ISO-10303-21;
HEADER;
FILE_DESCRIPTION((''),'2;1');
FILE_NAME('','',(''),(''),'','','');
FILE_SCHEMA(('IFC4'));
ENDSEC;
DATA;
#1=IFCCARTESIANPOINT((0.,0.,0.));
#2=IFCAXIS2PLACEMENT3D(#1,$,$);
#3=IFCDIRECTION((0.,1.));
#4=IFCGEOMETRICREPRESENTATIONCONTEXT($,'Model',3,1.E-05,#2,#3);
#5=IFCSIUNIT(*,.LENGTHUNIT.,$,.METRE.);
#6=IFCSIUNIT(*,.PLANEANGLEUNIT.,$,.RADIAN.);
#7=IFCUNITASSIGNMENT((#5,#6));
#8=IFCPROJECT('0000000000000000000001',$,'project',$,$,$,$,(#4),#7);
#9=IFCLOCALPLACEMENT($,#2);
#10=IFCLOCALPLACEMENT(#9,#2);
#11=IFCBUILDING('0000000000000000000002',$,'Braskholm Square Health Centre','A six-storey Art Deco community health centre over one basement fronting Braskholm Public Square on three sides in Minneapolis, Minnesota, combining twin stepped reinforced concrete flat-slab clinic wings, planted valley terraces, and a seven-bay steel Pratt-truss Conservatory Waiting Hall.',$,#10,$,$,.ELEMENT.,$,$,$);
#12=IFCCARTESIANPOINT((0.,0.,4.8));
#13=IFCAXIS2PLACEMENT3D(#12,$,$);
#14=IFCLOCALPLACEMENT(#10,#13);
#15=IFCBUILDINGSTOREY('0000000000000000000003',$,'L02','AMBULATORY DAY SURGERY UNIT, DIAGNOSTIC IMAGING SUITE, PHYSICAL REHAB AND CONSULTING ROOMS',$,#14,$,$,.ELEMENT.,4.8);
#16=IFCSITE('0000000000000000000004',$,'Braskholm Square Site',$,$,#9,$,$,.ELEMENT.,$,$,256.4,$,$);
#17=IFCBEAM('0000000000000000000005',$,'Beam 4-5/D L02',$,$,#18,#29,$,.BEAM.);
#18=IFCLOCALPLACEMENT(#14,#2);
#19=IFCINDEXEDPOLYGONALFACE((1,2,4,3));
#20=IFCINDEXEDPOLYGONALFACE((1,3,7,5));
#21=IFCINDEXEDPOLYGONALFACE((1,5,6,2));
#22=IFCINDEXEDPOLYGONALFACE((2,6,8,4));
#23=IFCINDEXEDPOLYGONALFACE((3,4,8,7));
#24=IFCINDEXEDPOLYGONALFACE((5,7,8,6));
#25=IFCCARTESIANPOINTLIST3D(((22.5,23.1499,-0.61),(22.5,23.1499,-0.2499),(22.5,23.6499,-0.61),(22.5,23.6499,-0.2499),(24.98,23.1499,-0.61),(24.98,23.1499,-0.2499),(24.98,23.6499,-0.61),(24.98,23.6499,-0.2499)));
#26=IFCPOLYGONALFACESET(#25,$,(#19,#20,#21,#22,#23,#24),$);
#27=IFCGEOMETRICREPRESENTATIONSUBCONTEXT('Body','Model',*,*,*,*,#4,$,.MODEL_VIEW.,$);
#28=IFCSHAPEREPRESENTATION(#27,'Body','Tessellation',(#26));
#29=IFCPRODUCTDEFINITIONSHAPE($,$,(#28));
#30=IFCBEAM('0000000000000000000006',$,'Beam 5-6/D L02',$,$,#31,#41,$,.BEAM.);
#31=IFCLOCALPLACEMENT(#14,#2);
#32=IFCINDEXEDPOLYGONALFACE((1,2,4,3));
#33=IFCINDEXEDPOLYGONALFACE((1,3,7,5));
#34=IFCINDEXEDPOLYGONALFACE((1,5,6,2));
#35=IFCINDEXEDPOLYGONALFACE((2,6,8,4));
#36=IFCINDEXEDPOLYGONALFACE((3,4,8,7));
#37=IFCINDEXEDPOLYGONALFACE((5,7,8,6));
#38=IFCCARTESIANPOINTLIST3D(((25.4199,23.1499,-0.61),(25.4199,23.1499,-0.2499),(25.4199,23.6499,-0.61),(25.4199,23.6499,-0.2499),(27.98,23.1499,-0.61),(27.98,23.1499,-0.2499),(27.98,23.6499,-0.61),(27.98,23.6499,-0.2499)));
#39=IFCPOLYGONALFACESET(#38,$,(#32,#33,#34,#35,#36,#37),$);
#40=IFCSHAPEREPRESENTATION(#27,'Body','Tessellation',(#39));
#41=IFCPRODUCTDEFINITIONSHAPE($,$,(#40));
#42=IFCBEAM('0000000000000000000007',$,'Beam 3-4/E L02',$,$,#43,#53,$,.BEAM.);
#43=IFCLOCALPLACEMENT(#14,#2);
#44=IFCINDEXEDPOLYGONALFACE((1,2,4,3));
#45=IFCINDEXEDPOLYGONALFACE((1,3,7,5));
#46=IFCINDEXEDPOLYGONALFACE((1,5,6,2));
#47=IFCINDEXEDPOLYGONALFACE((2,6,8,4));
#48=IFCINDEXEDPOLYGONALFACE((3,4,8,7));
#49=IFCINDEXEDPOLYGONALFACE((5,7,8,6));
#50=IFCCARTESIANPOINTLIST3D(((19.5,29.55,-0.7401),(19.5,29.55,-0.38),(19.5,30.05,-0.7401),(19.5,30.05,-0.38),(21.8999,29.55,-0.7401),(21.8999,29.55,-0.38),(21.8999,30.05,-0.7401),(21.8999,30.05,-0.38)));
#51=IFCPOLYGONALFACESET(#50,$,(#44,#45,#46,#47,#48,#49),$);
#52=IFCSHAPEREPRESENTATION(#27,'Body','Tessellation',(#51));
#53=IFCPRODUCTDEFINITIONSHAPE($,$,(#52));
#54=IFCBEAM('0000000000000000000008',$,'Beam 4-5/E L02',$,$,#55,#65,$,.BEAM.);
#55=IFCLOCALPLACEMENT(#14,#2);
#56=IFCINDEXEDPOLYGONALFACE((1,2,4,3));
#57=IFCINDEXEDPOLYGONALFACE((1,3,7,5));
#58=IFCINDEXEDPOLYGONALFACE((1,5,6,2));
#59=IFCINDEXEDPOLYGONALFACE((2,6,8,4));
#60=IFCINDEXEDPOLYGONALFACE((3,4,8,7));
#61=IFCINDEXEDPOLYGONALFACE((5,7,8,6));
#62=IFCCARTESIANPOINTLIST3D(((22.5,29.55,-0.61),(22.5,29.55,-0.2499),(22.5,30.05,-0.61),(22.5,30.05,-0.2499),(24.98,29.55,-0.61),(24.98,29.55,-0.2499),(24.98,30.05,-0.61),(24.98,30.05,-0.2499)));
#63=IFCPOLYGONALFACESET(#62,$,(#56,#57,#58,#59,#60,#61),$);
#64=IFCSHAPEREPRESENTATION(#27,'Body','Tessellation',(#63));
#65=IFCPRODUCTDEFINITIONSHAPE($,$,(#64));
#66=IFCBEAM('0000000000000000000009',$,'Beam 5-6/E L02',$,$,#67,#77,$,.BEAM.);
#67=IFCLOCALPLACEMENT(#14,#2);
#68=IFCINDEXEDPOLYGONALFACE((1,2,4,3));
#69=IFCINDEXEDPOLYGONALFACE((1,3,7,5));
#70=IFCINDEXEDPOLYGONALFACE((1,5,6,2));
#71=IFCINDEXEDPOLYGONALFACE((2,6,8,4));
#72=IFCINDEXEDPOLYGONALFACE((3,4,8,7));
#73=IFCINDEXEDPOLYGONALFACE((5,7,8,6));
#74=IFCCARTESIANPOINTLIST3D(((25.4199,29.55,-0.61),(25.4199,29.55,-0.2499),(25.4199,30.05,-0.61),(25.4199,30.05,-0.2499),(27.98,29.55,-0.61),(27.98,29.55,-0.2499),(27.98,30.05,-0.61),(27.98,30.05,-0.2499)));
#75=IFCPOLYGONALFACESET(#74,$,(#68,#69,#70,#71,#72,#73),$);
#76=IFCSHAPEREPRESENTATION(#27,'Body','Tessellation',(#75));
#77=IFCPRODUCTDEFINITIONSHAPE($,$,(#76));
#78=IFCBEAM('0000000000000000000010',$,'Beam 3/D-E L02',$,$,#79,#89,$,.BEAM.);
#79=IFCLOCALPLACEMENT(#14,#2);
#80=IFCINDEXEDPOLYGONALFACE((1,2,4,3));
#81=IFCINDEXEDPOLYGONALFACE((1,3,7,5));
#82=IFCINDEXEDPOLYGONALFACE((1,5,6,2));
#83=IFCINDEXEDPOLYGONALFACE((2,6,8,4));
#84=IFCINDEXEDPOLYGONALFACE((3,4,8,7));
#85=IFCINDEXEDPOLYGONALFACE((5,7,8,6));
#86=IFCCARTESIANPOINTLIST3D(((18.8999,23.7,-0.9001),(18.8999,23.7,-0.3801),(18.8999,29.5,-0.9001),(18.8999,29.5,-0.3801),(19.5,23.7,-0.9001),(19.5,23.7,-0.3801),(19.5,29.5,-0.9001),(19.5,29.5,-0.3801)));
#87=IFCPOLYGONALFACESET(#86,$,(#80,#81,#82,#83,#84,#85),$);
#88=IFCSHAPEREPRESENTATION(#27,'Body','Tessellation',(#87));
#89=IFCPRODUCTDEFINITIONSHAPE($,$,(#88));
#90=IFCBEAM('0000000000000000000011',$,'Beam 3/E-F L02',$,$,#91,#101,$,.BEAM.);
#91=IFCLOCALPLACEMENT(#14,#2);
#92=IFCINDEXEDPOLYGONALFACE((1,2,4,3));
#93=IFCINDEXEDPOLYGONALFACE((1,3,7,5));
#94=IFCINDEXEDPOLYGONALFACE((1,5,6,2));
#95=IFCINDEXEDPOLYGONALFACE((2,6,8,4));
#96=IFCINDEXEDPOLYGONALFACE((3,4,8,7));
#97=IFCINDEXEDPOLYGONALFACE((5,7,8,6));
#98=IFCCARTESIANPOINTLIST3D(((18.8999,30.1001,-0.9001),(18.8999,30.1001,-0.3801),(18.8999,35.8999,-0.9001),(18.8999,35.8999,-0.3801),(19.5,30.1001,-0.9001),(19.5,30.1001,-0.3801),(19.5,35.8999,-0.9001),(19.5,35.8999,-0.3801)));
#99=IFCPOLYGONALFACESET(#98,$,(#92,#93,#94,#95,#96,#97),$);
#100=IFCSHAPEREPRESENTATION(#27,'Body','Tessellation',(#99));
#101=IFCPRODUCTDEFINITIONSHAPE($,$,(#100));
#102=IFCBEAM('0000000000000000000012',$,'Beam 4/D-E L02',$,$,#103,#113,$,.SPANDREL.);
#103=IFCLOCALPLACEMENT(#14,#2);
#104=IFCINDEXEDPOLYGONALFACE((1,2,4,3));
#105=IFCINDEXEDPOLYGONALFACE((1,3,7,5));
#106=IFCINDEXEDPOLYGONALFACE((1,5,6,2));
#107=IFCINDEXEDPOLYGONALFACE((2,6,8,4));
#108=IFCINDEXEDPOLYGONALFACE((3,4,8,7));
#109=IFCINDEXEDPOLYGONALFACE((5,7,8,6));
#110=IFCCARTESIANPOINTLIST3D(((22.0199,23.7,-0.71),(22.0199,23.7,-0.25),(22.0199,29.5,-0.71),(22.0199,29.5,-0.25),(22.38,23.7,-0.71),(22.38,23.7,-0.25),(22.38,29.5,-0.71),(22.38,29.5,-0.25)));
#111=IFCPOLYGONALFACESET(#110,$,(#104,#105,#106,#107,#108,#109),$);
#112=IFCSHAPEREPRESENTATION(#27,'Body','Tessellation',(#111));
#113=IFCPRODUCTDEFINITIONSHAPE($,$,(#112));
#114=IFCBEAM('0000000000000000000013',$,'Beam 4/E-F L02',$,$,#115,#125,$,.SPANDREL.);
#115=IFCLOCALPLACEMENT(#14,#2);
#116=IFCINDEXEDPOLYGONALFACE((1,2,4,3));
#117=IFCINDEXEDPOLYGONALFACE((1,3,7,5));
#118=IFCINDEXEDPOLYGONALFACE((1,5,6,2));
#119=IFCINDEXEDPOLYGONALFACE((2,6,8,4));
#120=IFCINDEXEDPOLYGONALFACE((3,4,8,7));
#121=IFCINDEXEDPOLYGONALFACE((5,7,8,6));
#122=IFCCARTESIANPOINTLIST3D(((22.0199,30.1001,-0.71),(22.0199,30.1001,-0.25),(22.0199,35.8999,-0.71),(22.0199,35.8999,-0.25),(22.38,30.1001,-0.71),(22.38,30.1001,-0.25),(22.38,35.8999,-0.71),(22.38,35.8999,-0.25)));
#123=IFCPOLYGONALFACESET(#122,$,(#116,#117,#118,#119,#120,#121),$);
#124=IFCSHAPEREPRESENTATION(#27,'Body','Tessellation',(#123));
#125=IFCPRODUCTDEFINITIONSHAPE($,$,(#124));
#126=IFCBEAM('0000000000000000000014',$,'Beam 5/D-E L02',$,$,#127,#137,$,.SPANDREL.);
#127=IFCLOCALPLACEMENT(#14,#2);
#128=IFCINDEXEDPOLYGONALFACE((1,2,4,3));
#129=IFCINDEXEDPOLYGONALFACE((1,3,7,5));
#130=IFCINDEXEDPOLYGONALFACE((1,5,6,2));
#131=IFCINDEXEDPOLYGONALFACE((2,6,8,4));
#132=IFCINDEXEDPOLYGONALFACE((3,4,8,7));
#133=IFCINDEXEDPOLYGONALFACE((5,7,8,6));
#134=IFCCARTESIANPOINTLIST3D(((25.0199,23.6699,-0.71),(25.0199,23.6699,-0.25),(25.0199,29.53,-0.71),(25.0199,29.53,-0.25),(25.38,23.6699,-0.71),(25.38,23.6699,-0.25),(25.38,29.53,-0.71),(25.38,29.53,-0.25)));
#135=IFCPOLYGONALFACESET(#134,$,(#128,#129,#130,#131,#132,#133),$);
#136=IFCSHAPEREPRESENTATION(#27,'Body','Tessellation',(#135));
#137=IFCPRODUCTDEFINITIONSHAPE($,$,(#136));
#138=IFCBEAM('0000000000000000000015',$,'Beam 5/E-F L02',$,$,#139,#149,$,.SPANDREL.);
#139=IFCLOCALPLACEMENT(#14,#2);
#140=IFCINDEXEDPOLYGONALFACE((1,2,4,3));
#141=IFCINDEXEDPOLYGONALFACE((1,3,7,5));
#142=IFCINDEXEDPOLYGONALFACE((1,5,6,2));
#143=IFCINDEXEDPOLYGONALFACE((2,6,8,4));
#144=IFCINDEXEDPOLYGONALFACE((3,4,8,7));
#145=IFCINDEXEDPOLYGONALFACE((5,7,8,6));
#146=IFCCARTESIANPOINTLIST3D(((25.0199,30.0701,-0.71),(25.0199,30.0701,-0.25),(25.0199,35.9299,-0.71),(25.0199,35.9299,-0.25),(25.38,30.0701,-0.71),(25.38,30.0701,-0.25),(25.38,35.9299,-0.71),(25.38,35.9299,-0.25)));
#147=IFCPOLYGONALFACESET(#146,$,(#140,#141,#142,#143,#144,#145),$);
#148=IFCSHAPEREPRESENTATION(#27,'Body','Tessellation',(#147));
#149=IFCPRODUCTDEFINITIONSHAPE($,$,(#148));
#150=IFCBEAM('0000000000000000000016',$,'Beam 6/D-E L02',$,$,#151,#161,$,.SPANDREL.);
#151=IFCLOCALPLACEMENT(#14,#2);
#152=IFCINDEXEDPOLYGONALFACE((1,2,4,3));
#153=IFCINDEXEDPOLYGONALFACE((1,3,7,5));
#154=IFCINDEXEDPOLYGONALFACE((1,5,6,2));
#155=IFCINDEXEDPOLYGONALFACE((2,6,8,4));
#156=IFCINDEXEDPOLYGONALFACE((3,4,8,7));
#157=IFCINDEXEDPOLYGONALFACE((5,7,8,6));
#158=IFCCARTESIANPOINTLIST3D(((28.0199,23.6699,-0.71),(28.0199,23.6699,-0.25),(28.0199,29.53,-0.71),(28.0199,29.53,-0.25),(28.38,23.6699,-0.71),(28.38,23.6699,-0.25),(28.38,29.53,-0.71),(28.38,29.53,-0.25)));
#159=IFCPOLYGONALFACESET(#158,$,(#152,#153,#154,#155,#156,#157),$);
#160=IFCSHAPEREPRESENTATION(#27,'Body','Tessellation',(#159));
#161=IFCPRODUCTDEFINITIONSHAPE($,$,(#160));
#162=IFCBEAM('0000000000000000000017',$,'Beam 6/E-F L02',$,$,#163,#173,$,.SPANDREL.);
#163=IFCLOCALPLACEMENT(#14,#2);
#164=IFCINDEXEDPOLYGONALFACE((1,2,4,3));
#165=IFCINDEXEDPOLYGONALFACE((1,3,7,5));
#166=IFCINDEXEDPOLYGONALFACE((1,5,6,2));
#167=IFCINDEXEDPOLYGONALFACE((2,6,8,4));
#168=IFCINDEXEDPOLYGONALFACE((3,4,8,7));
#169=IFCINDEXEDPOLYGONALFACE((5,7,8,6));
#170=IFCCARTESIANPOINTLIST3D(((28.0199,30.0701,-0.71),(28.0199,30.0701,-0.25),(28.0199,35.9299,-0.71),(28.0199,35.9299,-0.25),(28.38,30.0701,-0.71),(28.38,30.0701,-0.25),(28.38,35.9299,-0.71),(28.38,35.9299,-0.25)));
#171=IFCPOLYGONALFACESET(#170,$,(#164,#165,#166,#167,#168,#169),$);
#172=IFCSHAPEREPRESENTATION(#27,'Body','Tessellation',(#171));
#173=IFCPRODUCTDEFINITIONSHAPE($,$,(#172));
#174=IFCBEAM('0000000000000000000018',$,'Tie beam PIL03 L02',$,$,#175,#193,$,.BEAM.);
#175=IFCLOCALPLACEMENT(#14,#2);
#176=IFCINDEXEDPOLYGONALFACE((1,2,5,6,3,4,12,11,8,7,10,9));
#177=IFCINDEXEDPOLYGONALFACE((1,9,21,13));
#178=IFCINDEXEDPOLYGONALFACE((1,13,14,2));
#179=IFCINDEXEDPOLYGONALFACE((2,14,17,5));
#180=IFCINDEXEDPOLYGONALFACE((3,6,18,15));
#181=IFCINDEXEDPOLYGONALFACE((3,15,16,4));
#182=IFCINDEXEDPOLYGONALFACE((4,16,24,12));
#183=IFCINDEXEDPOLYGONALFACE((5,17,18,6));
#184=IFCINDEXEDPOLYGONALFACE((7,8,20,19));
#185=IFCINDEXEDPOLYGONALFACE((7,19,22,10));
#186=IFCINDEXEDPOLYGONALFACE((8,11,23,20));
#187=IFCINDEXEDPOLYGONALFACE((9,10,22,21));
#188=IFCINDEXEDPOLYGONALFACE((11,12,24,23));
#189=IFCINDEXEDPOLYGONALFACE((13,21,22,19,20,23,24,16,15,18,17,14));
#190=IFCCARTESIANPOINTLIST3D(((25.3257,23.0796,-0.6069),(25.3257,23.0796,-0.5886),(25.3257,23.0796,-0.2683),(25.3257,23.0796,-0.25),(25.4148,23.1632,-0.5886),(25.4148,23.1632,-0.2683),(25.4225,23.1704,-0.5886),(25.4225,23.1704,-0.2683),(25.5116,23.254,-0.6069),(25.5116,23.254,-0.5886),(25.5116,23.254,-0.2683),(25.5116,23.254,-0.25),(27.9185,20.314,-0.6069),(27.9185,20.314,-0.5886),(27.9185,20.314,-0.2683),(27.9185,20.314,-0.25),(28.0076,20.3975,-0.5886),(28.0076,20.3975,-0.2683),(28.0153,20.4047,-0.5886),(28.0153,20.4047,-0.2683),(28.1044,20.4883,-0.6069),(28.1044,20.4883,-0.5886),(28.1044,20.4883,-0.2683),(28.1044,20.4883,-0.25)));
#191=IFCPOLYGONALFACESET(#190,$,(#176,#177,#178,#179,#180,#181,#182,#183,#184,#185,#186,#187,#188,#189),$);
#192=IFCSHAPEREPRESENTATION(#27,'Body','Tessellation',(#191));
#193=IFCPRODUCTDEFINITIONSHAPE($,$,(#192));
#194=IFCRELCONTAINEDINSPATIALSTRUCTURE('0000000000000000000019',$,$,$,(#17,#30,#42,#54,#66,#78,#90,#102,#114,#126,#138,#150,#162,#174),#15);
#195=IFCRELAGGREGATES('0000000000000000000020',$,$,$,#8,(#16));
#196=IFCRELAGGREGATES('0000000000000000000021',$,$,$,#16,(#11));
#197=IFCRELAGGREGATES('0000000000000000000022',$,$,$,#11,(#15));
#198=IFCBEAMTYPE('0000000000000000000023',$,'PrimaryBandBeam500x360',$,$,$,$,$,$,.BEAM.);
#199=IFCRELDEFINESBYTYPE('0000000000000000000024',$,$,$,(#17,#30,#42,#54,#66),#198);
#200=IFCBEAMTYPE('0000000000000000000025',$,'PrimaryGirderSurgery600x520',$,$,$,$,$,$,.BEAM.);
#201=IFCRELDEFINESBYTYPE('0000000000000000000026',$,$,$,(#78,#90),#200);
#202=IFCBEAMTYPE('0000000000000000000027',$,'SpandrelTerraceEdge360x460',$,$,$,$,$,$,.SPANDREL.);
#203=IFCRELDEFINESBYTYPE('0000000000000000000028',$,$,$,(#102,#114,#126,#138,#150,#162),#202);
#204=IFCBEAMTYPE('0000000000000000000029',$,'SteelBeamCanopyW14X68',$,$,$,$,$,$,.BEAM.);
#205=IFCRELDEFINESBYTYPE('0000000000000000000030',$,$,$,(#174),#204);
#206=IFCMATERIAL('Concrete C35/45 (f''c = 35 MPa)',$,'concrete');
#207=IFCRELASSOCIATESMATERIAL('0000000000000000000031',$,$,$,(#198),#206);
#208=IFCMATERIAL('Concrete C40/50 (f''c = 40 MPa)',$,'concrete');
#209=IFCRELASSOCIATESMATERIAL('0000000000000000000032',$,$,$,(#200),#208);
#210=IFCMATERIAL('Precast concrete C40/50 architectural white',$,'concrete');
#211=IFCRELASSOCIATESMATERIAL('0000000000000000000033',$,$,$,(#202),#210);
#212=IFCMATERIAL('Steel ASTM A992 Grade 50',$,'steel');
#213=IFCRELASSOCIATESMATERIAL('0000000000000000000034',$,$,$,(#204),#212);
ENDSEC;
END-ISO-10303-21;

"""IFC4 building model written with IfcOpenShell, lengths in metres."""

from ifc_helpers import new_model, si_unit, direction, frame, origin, origin_2d, place, context, subcontext, project, spatial, rectangle, i_section, extrude, material, material_profile, profile_set, type_object, element, save


model = new_model("IFC4")

# Units and contexts
model_context = context("Model", 3, precision=1e-05, world=origin(), true_north=direction((0.0, 1.0)))
body_context = subcontext(model_context, "Body", "Model", "MODEL_VIEW")
ifc_project = project(units=[si_unit("LENGTHUNIT", "METRE"), si_unit("PLANEANGLEUNIT", "RADIAN")], contexts=[model_context])

# Site, building, storey
site_placement = place(None, origin())
site = spatial("IfcSite", under=ifc_project, at=site_placement, Name="Braskholm Square Site", CompositionType="ELEMENT", RefElevation=256.4)
building_placement = place(site_placement, origin())
building = spatial("IfcBuilding", under=site, at=building_placement, Name="Braskholm Square Health Centre", Description="A six-storey Art Deco community health centre over one basement fronting Braskholm Public Square on three sides in Minneapolis, Minnesota, combining twin stepped reinforced concrete flat-slab clinic wings, planted valley terraces, and a seven-bay steel Pratt-truss Conservatory Waiting Hall.", CompositionType="ELEMENT")
storey_placement = place(building_placement, frame((0.0, 0.0, 4.8)))
storey = spatial("IfcBuildingStorey", under=building, at=storey_placement, Name="L02", Description="AMBULATORY DAY SURGERY UNIT, DIAGNOSTIC IMAGING SUITE, PHYSICAL REHAB AND CONSULTING ROOMS", CompositionType="ELEMENT", Elevation=4.8)

# Shared definitions
ifc_material_1 = material(Name="Concrete C40/50 (f'c = 40 MPa)", Category="concrete")

# Beams
ifc_material_2 = material(Name="Concrete C35/45 (f'c = 35 MPa)", Category="concrete")
ifc_material_profile_1 = material_profile(ifc_material_2, rectangle(XDim=0.5, YDim=0.3601, at=origin_2d()), Name="RCB-500X360")
ifc_profile_set_1 = profile_set([ifc_material_profile_1], Name="Concrete C35/45 (f'c = 35 MPa)")
beam_type_1 = type_object("IfcBeamType", Name="PrimaryBandBeam500x360", PredefinedType="BEAM", material=ifc_profile_set_1)
beam_1_placement = place(storey_placement, frame((22.5, 23.3999, -0.4299), z_axis=(1.0, 0.0, 0.0), x_axis=(0.0, 1.0, 0.0)))
element("IfcBeam", 1, at=beam_1_placement, inside=storey, type_object=beam_type_1, Name="Beam 4-5/D L02", PredefinedType="BEAM", context=body_context, shape_type="SweptSolid", body=[
    extrude(rectangle(XDim=0.5, YDim=0.3601, at=origin_2d()), origin(), (0.0, 0.0, 1.0), 2.48),
])
beam_2_placement = place(storey_placement, frame((25.4199, 23.3999, -0.4299), z_axis=(1.0, 0.0, 0.0), x_axis=(0.0, 1.0, 0.0)))
element("IfcBeam", 2, at=beam_2_placement, inside=storey, type_object=beam_type_1, Name="Beam 5-6/D L02", PredefinedType="BEAM", context=body_context, shape_type="SweptSolid", body=[
    extrude(rectangle(XDim=0.5, YDim=0.3601, at=origin_2d()), origin(), (0.0, 0.0, 1.0), 2.5601),
])
beam_3_placement = place(storey_placement, frame((19.5, 29.8, -0.5601), z_axis=(1.0, 0.0, 0.0), x_axis=(0.0, 1.0, 0.0)))
element("IfcBeam", 3, at=beam_3_placement, inside=storey, type_object=beam_type_1, Name="Beam 3-4/E L02", PredefinedType="BEAM", context=body_context, shape_type="SweptSolid", body=[
    extrude(rectangle(XDim=0.5, YDim=0.3601, at=origin_2d()), origin(), (0.0, 0.0, 1.0), 2.3999),
])
beam_4_placement = place(storey_placement, frame((22.5, 29.8, -0.4299), z_axis=(1.0, 0.0, 0.0), x_axis=(0.0, 1.0, 0.0)))
element("IfcBeam", 4, at=beam_4_placement, inside=storey, type_object=beam_type_1, Name="Beam 4-5/E L02", PredefinedType="BEAM", context=body_context, shape_type="SweptSolid", body=[
    extrude(rectangle(XDim=0.5, YDim=0.3601, at=origin_2d()), origin(), (0.0, 0.0, 1.0), 2.48),
])
beam_5_placement = place(storey_placement, frame((25.4199, 29.8, -0.4299), z_axis=(1.0, 0.0, 0.0), x_axis=(0.0, 1.0, 0.0)))
element("IfcBeam", 5, at=beam_5_placement, inside=storey, type_object=beam_type_1, Name="Beam 5-6/E L02", PredefinedType="BEAM", context=body_context, shape_type="SweptSolid", body=[
    extrude(rectangle(XDim=0.5, YDim=0.3601, at=origin_2d()), origin(), (0.0, 0.0, 1.0), 2.5601),
])
ifc_material_profile_2 = material_profile(ifc_material_1, rectangle(XDim=0.6001, YDim=0.52, at=origin_2d()), Name="RCB-600X520")
ifc_profile_set_2 = profile_set([ifc_material_profile_2], Name="Concrete C40/50 (f'c = 40 MPa)")
beam_type_2 = type_object("IfcBeamType", Name="PrimaryGirderSurgery600x520", PredefinedType="BEAM", material=ifc_profile_set_2)
beam_6_placement = place(storey_placement, frame((19.2, 23.7, -0.6401), z_axis=(0.0, 1.0, 0.0), x_axis=(-1.0, 0.0, 0.0)))
element("IfcBeam", 6, at=beam_6_placement, inside=storey, type_object=beam_type_2, Name="Beam 3/D-E L02", PredefinedType="BEAM", context=body_context, shape_type="SweptSolid", body=[
    extrude(rectangle(XDim=0.6001, YDim=0.52, at=origin_2d()), origin(), (0.0, 0.0, 1.0), 5.8),
])
beam_7_placement = place(storey_placement, frame((19.2, 30.1001, -0.6401), z_axis=(0.0, 1.0, 0.0), x_axis=(-1.0, 0.0, 0.0)))
element("IfcBeam", 7, at=beam_7_placement, inside=storey, type_object=beam_type_2, Name="Beam 3/E-F L02", PredefinedType="BEAM", context=body_context, shape_type="SweptSolid", body=[
    extrude(rectangle(XDim=0.6001, YDim=0.52, at=origin_2d()), origin(), (0.0, 0.0, 1.0), 5.7998),
])
ifc_material_3 = material(Name="Precast concrete C40/50 architectural white", Category="concrete")
ifc_material_profile_3 = material_profile(ifc_material_3, rectangle(XDim=0.3601, YDim=0.46, at=origin_2d()), Name="RCB-360X460")
ifc_profile_set_3 = profile_set([ifc_material_profile_3], Name="Precast concrete C40/50 architectural white")
beam_type_3 = type_object("IfcBeamType", Name="SpandrelTerraceEdge360x460", PredefinedType="SPANDREL", material=ifc_profile_set_3)
beam_8_placement = place(storey_placement, frame((22.2, 23.7, -0.48), z_axis=(0.0, 1.0, 0.0), x_axis=(-1.0, 0.0, 0.0)))
element("IfcBeam", 8, at=beam_8_placement, inside=storey, type_object=beam_type_3, Name="Beam 4/D-E L02", PredefinedType="SPANDREL", context=body_context, shape_type="SweptSolid", body=[
    extrude(rectangle(XDim=0.3601, YDim=0.46, at=origin_2d()), origin(), (0.0, 0.0, 1.0), 5.8),
])
beam_9_placement = place(storey_placement, frame((22.2, 30.1001, -0.48), z_axis=(0.0, 1.0, 0.0), x_axis=(-1.0, 0.0, 0.0)))
element("IfcBeam", 9, at=beam_9_placement, inside=storey, type_object=beam_type_3, Name="Beam 4/E-F L02", PredefinedType="SPANDREL", context=body_context, shape_type="SweptSolid", body=[
    extrude(rectangle(XDim=0.3601, YDim=0.46, at=origin_2d()), origin(), (0.0, 0.0, 1.0), 5.7998),
])
beam_10_placement = place(storey_placement, frame((25.2, 23.6699, -0.48), z_axis=(0.0, 1.0, 0.0), x_axis=(-1.0, 0.0, 0.0)))
element("IfcBeam", 10, at=beam_10_placement, inside=storey, type_object=beam_type_3, Name="Beam 5/D-E L02", PredefinedType="SPANDREL", context=body_context, shape_type="SweptSolid", body=[
    extrude(rectangle(XDim=0.3601, YDim=0.46, at=origin_2d()), origin(), (0.0, 0.0, 1.0), 5.8601),
])
beam_11_placement = place(storey_placement, frame((25.2, 30.0701, -0.48), z_axis=(0.0, 1.0, 0.0), x_axis=(-1.0, 0.0, 0.0)))
element("IfcBeam", 11, at=beam_11_placement, inside=storey, type_object=beam_type_3, Name="Beam 5/E-F L02", PredefinedType="SPANDREL", context=body_context, shape_type="SweptSolid", body=[
    extrude(rectangle(XDim=0.3601, YDim=0.46, at=origin_2d()), origin(), (0.0, 0.0, 1.0), 5.8599),
])
beam_12_placement = place(storey_placement, frame((28.2, 23.6699, -0.48), z_axis=(0.0, 1.0, 0.0), x_axis=(-1.0, 0.0, 0.0)))
element("IfcBeam", 12, at=beam_12_placement, inside=storey, type_object=beam_type_3, Name="Beam 6/D-E L02", PredefinedType="SPANDREL", context=body_context, shape_type="SweptSolid", body=[
    extrude(rectangle(XDim=0.3601, YDim=0.46, at=origin_2d()), origin(), (0.0, 0.0, 1.0), 5.8601),
])
beam_13_placement = place(storey_placement, frame((28.2, 30.0701, -0.48), z_axis=(0.0, 1.0, 0.0), x_axis=(-1.0, 0.0, 0.0)))
element("IfcBeam", 13, at=beam_13_placement, inside=storey, type_object=beam_type_3, Name="Beam 6/E-F L02", PredefinedType="SPANDREL", context=body_context, shape_type="SweptSolid", body=[
    extrude(rectangle(XDim=0.3601, YDim=0.46, at=origin_2d()), origin(), (0.0, 0.0, 1.0), 5.8599),
])
ifc_material_4 = material(Name="Steel ASTM A992 Grade 50", Category="steel")
ifc_material_profile_4 = material_profile(ifc_material_4, i_section(OverallWidth=0.2549, OverallDepth=0.3569, WebThickness=0.0105, FlangeThickness=0.0183, at=origin_2d()), Name="W14X68")
ifc_profile_set_4 = profile_set([ifc_material_profile_4], Name="Steel ASTM A992 Grade 50")
beam_type_4 = type_object("IfcBeamType", Name="SteelBeamCanopyW14X68", PredefinedType="BEAM", material=ifc_profile_set_4)
beam_14_placement = place(storey_placement, frame((28.0115, 20.4011, -0.4285), z_axis=(-0.683941, 0.729537, 0.0), x_axis=(-0.729537, -0.683941, 0.0)))
element("IfcBeam", 14, at=beam_14_placement, inside=storey, type_object=beam_type_4, Name="Tie beam PIL03 L02", PredefinedType="BEAM", context=body_context, shape_type="SweptSolid", body=[
    extrude(i_section(OverallWidth=0.2549, OverallDepth=0.3569, WebThickness=0.0105, FlangeThickness=0.0183, at=origin_2d()), origin(), (0.0, 0.0, 1.0), 3.791),
])

save(model, "model.ifc")
